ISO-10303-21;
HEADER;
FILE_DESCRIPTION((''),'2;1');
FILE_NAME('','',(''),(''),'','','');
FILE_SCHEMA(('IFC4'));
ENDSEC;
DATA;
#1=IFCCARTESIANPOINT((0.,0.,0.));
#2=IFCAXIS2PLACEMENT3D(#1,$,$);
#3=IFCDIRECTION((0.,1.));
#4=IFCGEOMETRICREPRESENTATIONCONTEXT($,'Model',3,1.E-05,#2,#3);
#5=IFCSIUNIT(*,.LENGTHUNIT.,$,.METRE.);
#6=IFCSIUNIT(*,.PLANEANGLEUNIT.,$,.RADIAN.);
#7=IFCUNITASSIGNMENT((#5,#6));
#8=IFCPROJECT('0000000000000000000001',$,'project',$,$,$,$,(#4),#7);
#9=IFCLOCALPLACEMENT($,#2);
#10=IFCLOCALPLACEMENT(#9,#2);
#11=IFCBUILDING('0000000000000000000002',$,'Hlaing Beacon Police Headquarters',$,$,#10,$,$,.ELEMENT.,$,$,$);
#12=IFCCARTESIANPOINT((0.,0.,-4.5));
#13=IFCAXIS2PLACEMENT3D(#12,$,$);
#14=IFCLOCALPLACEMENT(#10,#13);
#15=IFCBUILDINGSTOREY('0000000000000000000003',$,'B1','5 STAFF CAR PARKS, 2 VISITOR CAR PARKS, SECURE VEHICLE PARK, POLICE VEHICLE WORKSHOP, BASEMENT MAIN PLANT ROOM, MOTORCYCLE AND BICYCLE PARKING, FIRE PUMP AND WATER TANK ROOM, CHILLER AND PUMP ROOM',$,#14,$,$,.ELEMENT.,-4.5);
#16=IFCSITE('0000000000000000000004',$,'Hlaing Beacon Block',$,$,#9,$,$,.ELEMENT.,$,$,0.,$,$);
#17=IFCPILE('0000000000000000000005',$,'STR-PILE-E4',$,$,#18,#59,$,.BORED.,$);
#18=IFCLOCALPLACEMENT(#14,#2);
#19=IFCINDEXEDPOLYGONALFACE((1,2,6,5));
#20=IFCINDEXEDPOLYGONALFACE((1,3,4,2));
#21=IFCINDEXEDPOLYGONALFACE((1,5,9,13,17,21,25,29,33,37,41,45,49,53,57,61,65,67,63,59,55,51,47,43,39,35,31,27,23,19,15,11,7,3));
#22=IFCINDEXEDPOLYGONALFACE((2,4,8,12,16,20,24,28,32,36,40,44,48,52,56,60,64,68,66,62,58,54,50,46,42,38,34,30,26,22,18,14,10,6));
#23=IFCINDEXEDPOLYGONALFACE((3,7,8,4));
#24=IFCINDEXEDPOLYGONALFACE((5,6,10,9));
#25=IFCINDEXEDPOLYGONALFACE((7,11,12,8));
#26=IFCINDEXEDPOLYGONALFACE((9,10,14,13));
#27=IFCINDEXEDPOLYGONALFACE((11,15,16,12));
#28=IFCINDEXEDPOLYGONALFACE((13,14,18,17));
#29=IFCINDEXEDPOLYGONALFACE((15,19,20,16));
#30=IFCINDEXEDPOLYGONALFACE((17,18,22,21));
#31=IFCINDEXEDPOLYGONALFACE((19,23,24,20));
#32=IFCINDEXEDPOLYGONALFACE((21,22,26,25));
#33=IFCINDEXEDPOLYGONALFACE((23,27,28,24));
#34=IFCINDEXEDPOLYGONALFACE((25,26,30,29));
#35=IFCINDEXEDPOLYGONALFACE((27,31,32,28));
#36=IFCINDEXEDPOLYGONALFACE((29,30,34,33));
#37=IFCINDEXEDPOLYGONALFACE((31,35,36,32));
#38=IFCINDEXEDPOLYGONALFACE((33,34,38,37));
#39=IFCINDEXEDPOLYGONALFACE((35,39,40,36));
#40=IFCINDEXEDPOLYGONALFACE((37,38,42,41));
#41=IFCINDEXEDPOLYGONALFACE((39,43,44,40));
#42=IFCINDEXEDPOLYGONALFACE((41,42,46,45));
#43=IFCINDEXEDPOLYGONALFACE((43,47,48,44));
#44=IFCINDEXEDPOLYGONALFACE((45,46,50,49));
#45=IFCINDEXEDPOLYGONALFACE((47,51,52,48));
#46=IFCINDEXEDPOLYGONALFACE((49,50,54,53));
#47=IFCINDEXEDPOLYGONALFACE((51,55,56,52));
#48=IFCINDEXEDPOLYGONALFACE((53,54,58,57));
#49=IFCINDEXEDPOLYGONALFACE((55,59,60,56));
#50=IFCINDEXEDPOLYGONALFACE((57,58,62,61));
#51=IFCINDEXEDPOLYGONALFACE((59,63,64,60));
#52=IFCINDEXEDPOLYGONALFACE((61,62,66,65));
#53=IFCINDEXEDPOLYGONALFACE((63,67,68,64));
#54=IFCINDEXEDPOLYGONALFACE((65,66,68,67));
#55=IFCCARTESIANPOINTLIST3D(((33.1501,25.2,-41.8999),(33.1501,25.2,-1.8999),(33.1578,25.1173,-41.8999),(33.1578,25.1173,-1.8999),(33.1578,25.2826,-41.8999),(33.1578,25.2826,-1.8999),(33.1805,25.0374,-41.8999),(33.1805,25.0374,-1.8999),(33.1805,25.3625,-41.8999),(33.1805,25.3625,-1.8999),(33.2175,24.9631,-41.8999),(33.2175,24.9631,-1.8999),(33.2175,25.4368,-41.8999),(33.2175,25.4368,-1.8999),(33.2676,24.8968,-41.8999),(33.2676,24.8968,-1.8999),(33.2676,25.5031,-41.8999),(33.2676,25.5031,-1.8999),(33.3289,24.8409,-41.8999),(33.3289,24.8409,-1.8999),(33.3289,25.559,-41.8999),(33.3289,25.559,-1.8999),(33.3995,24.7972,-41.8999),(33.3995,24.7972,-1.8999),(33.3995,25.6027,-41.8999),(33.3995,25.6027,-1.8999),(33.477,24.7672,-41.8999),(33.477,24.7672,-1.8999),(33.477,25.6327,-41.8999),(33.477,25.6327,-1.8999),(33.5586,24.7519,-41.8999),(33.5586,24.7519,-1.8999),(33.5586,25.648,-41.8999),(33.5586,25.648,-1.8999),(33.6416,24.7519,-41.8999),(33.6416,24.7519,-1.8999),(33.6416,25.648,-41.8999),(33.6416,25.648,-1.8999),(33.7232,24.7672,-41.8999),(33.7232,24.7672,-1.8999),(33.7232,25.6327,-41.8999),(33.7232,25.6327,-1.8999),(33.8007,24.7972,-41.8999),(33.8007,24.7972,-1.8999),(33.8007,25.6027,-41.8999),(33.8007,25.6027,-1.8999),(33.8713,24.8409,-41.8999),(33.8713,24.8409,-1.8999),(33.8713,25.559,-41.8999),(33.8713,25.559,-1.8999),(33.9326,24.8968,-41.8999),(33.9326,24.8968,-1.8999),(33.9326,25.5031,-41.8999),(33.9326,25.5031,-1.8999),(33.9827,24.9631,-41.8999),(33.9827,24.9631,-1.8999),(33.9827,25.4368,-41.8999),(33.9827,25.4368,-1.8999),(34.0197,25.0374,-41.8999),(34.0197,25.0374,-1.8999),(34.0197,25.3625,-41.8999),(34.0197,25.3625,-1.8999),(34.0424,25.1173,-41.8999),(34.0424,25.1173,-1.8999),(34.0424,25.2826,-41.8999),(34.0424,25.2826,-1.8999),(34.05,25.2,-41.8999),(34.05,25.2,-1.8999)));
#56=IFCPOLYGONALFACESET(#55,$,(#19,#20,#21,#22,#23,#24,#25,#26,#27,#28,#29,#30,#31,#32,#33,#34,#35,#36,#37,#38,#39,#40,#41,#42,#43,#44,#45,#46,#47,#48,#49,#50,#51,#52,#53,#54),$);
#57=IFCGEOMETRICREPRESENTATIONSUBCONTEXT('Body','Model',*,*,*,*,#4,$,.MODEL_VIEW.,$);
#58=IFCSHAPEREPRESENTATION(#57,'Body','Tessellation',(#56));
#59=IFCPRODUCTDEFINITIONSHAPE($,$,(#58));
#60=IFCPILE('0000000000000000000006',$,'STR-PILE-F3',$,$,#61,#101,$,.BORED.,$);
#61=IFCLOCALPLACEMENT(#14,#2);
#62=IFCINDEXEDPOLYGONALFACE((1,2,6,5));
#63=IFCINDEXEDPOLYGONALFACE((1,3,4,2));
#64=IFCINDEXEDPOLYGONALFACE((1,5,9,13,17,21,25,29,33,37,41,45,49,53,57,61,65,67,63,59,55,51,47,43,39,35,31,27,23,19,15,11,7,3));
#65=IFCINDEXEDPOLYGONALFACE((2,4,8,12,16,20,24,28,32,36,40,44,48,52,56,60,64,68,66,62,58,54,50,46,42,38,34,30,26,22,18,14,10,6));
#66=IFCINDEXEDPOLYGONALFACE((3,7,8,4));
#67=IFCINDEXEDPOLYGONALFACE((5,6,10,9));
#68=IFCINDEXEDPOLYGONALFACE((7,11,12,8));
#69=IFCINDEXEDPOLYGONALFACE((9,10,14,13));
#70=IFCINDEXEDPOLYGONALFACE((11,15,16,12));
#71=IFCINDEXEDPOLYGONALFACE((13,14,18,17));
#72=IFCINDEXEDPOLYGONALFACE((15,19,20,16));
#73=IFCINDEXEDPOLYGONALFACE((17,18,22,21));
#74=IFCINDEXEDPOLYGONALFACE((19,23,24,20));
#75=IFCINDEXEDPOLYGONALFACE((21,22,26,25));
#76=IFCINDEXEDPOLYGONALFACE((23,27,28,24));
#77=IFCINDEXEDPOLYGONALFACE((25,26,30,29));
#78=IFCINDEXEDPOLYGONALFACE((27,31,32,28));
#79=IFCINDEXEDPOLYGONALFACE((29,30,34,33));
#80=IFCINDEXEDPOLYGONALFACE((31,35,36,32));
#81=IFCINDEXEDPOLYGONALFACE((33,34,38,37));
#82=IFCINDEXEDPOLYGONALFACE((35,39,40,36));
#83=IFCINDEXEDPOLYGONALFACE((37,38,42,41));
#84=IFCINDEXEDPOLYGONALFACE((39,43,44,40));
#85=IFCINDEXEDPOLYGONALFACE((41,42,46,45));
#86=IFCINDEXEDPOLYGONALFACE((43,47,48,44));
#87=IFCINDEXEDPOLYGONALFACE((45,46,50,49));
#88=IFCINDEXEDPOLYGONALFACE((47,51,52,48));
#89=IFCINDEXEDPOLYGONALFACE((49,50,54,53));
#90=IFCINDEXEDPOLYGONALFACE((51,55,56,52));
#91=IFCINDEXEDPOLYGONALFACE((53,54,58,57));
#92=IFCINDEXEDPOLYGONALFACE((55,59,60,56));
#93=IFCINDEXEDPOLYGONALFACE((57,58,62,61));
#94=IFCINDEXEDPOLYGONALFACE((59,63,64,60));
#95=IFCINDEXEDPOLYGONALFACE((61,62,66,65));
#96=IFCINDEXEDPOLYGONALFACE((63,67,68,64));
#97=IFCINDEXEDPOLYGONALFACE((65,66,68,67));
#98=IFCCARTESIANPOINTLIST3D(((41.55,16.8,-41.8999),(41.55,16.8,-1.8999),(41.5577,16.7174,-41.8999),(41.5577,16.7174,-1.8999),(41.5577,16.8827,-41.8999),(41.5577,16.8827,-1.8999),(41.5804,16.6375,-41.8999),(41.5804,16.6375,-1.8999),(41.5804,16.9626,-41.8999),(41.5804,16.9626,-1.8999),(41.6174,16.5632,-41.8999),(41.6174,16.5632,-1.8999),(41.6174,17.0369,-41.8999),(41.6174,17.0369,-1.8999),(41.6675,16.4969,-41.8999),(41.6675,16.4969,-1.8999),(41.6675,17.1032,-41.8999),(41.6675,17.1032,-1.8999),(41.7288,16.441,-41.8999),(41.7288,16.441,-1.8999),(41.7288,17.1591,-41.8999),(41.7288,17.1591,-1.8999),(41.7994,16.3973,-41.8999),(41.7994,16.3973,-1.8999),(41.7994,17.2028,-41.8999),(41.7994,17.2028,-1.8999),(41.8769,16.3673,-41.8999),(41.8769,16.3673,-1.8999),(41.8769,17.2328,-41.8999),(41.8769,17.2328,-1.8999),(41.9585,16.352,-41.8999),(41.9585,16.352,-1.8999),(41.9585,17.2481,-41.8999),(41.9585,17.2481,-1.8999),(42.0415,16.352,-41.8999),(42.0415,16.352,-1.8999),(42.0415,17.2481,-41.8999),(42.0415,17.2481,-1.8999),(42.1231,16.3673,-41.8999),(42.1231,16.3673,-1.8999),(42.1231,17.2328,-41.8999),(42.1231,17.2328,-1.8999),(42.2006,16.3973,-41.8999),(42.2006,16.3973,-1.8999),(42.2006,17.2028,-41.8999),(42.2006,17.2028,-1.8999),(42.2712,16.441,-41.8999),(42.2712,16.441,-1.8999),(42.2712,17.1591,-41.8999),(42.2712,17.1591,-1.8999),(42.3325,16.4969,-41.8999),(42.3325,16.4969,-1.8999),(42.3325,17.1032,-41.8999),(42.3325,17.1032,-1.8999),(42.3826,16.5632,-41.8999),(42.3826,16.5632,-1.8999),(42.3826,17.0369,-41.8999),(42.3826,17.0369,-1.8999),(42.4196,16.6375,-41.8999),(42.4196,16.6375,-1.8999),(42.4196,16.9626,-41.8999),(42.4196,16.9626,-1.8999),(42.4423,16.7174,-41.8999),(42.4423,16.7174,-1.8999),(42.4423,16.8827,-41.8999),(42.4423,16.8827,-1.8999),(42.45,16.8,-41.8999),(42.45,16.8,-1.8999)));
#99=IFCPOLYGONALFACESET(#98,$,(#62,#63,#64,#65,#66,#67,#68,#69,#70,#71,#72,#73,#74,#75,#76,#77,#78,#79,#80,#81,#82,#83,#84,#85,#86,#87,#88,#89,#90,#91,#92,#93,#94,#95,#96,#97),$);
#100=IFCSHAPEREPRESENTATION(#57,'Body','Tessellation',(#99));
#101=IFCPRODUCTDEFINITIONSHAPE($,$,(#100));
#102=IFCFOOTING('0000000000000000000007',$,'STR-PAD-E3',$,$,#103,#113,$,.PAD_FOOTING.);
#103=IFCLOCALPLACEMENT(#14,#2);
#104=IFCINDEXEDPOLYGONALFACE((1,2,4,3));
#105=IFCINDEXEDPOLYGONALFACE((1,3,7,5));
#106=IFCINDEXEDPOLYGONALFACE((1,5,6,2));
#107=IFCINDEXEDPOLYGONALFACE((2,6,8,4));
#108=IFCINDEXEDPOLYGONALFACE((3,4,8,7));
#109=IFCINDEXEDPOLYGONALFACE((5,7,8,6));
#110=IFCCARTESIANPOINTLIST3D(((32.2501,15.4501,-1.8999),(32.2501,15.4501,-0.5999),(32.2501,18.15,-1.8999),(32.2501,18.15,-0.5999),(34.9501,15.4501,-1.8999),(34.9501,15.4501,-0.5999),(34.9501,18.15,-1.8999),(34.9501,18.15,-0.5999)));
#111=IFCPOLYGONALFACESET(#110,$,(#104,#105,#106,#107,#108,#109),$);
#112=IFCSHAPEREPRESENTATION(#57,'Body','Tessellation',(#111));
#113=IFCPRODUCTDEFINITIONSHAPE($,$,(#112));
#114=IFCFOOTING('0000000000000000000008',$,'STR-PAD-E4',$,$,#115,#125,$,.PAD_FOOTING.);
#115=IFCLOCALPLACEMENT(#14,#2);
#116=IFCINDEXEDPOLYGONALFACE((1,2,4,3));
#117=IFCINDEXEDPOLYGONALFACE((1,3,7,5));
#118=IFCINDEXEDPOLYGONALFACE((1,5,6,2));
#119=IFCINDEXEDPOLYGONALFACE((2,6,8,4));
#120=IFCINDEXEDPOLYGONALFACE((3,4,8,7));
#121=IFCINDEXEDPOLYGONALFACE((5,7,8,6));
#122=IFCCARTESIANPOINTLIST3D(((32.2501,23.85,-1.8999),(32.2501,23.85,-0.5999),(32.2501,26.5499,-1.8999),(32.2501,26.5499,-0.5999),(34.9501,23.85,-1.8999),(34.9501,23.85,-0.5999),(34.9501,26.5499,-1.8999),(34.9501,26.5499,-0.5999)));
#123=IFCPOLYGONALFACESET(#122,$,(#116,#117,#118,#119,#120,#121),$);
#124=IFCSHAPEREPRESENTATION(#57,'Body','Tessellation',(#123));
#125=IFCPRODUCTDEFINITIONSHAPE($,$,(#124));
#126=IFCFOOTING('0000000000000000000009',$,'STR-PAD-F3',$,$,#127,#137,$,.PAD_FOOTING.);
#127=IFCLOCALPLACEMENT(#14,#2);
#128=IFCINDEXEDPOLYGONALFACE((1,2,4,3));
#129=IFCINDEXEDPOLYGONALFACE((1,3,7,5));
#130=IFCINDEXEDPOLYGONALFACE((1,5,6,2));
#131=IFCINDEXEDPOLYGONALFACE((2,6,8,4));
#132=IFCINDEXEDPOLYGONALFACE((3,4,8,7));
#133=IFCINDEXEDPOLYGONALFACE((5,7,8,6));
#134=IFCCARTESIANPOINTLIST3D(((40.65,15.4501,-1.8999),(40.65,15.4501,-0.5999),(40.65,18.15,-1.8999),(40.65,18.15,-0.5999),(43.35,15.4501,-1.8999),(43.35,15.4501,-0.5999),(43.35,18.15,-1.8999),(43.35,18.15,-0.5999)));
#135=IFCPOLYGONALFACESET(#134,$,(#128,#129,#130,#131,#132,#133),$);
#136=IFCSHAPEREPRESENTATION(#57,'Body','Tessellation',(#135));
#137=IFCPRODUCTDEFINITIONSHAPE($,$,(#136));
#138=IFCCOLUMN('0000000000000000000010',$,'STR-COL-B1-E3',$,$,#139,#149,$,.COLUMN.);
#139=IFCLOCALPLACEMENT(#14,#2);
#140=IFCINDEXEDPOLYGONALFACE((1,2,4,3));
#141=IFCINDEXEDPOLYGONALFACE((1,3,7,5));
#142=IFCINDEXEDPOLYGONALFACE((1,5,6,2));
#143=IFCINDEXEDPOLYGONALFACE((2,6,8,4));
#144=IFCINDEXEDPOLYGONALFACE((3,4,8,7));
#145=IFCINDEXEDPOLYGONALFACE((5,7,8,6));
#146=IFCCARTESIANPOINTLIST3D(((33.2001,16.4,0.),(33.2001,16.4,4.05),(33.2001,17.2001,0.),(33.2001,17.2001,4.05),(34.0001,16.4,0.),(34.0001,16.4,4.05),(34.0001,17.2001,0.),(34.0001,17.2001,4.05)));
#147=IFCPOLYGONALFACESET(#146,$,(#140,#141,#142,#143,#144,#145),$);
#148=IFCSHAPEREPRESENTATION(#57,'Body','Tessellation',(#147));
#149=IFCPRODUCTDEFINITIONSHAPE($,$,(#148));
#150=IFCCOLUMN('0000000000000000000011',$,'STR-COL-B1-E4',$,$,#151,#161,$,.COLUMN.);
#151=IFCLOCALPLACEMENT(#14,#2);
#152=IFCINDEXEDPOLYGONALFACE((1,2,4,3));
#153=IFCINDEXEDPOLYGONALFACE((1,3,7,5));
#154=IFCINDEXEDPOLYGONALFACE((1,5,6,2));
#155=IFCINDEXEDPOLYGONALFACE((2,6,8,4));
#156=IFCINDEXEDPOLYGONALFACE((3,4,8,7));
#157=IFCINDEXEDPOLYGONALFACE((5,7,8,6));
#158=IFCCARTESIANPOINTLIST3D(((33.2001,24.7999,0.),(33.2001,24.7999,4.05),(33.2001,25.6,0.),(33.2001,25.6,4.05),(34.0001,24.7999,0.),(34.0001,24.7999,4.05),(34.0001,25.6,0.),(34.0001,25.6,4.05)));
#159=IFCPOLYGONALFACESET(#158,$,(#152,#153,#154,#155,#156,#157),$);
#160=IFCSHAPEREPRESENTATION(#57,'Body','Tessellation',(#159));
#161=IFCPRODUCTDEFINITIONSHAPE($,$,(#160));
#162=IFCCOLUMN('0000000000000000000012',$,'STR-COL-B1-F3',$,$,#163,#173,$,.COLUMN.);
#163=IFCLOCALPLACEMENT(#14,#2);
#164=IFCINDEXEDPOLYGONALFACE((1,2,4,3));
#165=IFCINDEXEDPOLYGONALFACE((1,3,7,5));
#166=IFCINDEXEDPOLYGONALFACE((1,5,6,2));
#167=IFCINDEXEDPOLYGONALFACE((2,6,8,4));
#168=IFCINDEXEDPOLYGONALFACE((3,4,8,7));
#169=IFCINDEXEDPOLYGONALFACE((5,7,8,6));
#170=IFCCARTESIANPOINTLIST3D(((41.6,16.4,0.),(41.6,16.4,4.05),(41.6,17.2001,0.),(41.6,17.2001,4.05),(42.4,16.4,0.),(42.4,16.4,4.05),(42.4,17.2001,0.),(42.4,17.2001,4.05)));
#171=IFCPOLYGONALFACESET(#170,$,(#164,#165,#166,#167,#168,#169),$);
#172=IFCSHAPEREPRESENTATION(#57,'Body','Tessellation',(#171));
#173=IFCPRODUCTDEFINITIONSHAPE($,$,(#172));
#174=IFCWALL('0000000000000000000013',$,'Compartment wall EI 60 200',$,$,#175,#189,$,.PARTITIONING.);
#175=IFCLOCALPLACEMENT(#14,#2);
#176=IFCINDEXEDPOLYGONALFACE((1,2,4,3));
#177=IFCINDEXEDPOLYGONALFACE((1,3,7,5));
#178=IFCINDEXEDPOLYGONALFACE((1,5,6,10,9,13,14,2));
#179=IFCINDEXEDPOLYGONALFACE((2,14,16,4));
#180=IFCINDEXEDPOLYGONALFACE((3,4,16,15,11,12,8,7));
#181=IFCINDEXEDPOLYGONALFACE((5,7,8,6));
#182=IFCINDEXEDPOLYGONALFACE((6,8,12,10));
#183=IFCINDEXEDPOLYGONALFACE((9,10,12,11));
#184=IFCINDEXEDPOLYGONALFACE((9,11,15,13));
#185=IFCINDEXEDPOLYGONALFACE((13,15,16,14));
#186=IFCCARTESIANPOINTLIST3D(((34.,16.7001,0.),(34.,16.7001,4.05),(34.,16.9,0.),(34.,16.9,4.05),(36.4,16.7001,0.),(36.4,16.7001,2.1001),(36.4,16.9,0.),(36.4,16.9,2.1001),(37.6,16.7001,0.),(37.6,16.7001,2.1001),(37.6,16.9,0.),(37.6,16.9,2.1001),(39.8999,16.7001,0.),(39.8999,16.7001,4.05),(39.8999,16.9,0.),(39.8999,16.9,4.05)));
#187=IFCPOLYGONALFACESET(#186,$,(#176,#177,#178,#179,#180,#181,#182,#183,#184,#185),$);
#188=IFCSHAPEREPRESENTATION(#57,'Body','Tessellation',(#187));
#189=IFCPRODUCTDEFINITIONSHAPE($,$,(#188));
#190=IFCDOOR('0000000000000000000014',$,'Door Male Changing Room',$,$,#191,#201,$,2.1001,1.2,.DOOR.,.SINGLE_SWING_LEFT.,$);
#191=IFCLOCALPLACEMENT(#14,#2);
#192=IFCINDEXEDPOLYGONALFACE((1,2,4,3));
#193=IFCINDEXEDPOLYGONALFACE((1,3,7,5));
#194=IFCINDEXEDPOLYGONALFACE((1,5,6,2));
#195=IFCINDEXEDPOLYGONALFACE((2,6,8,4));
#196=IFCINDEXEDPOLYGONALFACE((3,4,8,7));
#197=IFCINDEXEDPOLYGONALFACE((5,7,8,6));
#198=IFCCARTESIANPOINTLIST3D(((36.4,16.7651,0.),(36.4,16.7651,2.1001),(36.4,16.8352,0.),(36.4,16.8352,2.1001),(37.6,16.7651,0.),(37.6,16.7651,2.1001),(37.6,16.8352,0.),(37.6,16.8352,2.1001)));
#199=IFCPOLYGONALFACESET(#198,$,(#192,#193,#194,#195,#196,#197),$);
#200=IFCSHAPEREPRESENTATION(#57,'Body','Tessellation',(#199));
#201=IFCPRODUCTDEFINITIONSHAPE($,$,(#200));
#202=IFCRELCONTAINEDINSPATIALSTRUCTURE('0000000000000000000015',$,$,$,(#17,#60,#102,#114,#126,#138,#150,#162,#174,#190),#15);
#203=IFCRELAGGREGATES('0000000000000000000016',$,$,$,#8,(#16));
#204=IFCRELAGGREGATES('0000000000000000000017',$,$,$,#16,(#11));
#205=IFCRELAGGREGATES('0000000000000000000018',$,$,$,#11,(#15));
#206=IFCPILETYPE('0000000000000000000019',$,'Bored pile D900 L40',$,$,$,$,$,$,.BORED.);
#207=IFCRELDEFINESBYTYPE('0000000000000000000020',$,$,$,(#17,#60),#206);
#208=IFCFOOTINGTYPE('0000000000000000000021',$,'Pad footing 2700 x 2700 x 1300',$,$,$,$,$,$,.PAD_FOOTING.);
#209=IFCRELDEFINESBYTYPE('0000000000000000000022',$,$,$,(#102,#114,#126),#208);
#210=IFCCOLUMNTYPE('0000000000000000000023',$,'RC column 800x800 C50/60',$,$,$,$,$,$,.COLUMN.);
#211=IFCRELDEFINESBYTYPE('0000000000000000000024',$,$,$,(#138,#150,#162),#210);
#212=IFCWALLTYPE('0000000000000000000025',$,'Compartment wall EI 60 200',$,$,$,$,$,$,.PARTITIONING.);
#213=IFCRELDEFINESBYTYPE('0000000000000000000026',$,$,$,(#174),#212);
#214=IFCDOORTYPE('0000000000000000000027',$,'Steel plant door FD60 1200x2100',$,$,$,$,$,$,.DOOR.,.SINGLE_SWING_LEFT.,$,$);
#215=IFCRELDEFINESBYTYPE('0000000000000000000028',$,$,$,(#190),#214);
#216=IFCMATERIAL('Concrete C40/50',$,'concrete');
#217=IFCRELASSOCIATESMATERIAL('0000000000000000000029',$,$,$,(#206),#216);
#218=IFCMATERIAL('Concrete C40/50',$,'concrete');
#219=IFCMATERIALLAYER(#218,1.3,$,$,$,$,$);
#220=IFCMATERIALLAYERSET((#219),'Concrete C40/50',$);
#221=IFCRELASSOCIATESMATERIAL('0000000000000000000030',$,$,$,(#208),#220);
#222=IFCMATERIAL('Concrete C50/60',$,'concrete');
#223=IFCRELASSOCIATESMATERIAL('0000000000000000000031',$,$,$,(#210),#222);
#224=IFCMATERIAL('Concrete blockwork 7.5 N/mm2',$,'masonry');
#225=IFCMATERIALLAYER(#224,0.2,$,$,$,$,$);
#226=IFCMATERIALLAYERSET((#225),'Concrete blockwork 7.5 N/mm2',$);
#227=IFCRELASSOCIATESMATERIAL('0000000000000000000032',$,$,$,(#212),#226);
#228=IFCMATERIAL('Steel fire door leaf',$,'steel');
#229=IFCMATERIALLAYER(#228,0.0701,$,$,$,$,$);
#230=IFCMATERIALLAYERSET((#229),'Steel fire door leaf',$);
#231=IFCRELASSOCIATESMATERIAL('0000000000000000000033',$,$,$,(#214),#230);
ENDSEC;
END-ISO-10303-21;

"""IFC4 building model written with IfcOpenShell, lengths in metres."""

from ifc_helpers import new_model, si_unit, direction, frame, frame_2d, origin, origin_2d, place, context, subcontext, project, spatial, rectangle, circle, extrude, material, layer, layer_set, material_profile, profile_set, type_object, element, fill, save


model = new_model("IFC4")

# Units and contexts
model_context = context("Model", 3, precision=1e-05, world=origin(), true_north=direction((0.0, 1.0)))
body_context = subcontext(model_context, "Body", "Model", "MODEL_VIEW")
ifc_project = project(units=[si_unit("LENGTHUNIT", "METRE"), si_unit("PLANEANGLEUNIT", "RADIAN")], contexts=[model_context])

# Site, building, storey
site_placement = place(None, origin())
site = spatial("IfcSite", under=ifc_project, at=site_placement, Name="Hlaing Beacon Block", CompositionType="ELEMENT", RefElevation=0.0)
building_placement = place(site_placement, origin())
building = spatial("IfcBuilding", under=site, at=building_placement, Name="Hlaing Beacon Police Headquarters", CompositionType="ELEMENT")
storey_placement = place(building_placement, frame((0.0, 0.0, -4.5)))
storey = spatial("IfcBuildingStorey", under=building, at=storey_placement, Name="B1", Description="5 STAFF CAR PARKS, 2 VISITOR CAR PARKS, SECURE VEHICLE PARK, POLICE VEHICLE WORKSHOP, BASEMENT MAIN PLANT ROOM, MOTORCYCLE AND BICYCLE PARKING, FIRE PUMP AND WATER TANK ROOM, CHILLER AND PUMP ROOM", CompositionType="ELEMENT", Elevation=-4.5)

# Piles
ifc_material_1 = material(Name="Concrete C40/50", Category="concrete")
ifc_material_profile_1 = material_profile(ifc_material_1, circle(Radius=0.45, at=origin_2d()), Name="D900")
ifc_profile_set_1 = profile_set([ifc_material_profile_1], Name="Concrete C40/50")
pile_type_1 = type_object("IfcPileType", Name="Bored pile D900 L40", PredefinedType="BORED", material=ifc_profile_set_1)
for number, where, z_axis, x_axis, name in (
    (1, (33.6001, 25.2, -1.8999), (0.0, 0.0, -1.0), (1.0, 0.0, 0.0), "STR-PILE-E4"),
    (2, (42.0, 16.8, -1.8999), (0.0, 0.0, -1.0), (1.0, 0.0, 0.0), "STR-PILE-F3"),
):
    element("IfcPile", number, at=place(storey_placement, frame(where, z_axis=z_axis, x_axis=x_axis)), inside=storey, type_object=pile_type_1, Name=name, PredefinedType="BORED", context=body_context, shape_type="SweptSolid", body=[
        extrude(circle(Radius=0.45, at=origin_2d()), origin(), (0.0, 0.0, 1.0), 40.0),
    ])

# Footings
ifc_material_2 = material(Name="Concrete C40/50", Category="concrete")
ifc_layer_1 = layer(ifc_material_2, 1.3)
ifc_layer_set_1 = layer_set([ifc_layer_1], Name="Concrete C40/50")
footing_type = type_object("IfcFootingType", Name="Pad footing 2700 x 2700 x 1300", PredefinedType="PAD_FOOTING", material=ifc_layer_set_1)
for number, where, z_axis, x_axis, name in (
    (3, (33.6001, 16.8, -1.8999), (0.0, 0.0, 1.0), (1.0, 0.0, 0.0), "STR-PAD-E3"),
    (4, (33.6001, 25.2, -1.8999), (0.0, 0.0, 1.0), (1.0, 0.0, 0.0), "STR-PAD-E4"),
    (5, (42.0, 16.8, -1.8999), (0.0, 0.0, 1.0), (1.0, 0.0, 0.0), "STR-PAD-F3"),
):
    element("IfcFooting", number, at=place(storey_placement, frame(where, z_axis=z_axis, x_axis=x_axis)), inside=storey, type_object=footing_type, Name=name, PredefinedType="PAD_FOOTING", context=body_context, shape_type="SweptSolid", body=[
        extrude(rectangle(XDim=2.7, YDim=2.7, at=origin_2d()), origin(), (0.0, 0.0, 1.0), 1.3),
    ])

# Columns
ifc_material_3 = material(Name="Concrete C50/60", Category="concrete")
ifc_material_profile_2 = material_profile(ifc_material_3, rectangle(XDim=0.8, YDim=0.8, at=origin_2d()), Name="800x800")
ifc_profile_set_2 = profile_set([ifc_material_profile_2], Name="Concrete C50/60")
column_type = type_object("IfcColumnType", Name="RC column 800x800 C50/60", PredefinedType="COLUMN", material=ifc_profile_set_2)
for number, where, z_axis, x_axis, name in (
    (6, (33.6001, 16.8, 0.0), (0.0, 0.0, 1.0), (1.0, 0.0, 0.0), "STR-COL-B1-E3"),
    (7, (33.6001, 25.2, 0.0), (0.0, 0.0, 1.0), (1.0, 0.0, 0.0), "STR-COL-B1-E4"),
    (8, (42.0, 16.8, 0.0), (0.0, 0.0, 1.0), (1.0, 0.0, 0.0), "STR-COL-B1-F3"),
):
    element("IfcColumn", number, at=place(storey_placement, frame(where, z_axis=z_axis, x_axis=x_axis)), inside=storey, type_object=column_type, Name=name, PredefinedType="COLUMN", context=body_context, shape_type="SweptSolid", body=[
        extrude(rectangle(XDim=0.8, YDim=0.8, at=origin_2d()), origin(), (0.0, 0.0, 1.0), 4.05),
    ])

# Wall, opening, door
ifc_material_4 = material(Name="Concrete blockwork 7.5 N/mm2", Category="masonry")
ifc_layer_2 = layer(ifc_material_4, 0.2)
ifc_layer_set_2 = layer_set([ifc_layer_2], Name="Concrete blockwork 7.5 N/mm2")
wall_type_1 = type_object("IfcWallType", Name="Compartment wall EI 60 200", PredefinedType="PARTITIONING", material=ifc_layer_set_2)
wall_1_placement = place(storey_placement, frame((34.0, 16.8, 0.0), z_axis=(0.0, 0.0, 1.0), x_axis=(1.0, 0.0, 0.0)))
wall_1 = element("IfcWall", 9, at=wall_1_placement, inside=storey, type_object=wall_type_1, Name="Compartment wall EI 60 200", PredefinedType="PARTITIONING", context=body_context, shape_type="SweptSolid", body=[
    extrude(rectangle(XDim=5.8999, YDim=0.2, at=frame_2d((2.95, 0.0))), origin(), (0.0, 0.0, 1.0), 4.05),
])
opening_1_placement = place(wall_1_placement, frame((2.3999, 0.0, 0.0)))
opening_1 = element("IfcOpeningElement", 10, at=opening_1_placement, cuts=wall_1, PredefinedType="OPENING", context=body_context, shape_type="SweptSolid", body=[
    extrude(rectangle(XDim=1.2, YDim=2.1001, at=frame_2d((0.6001, 1.05))), frame((0.0, 0.1099, 0.0), z_axis=(0.0, -1.0, 0.0), x_axis=(1.0, 0.0, 0.0)), (0.0, 0.0, 1.0), 0.22),
])
ifc_material_5 = material(Name="Steel fire door leaf", Category="steel")
ifc_layer_3 = layer(ifc_material_5, 0.0701)
ifc_layer_set_3 = layer_set([ifc_layer_3], Name="Steel fire door leaf")
door_type_1 = type_object("IfcDoorType", Name="Steel plant door FD60 1200x2100", OperationType="SINGLE_SWING_LEFT", PredefinedType="DOOR", material=ifc_layer_set_3)
door_1_placement = place(opening_1_placement, frame((1.2, 0.0, 0.0), z_axis=(0.0, 0.0, 1.0), x_axis=(-1.0, 0.0, 0.0)))
door_1 = element("IfcDoor", 11, at=door_1_placement, inside=storey, type_object=door_type_1, Name="Door Male Changing Room", OperationType="SINGLE_SWING_LEFT", OverallHeight=2.1001, OverallWidth=1.2, PredefinedType="DOOR", context=body_context, shape_type="SweptSolid", body=[
    extrude(rectangle(XDim=1.2, YDim=2.1001, at=frame_2d((0.5999, 1.05))), frame((0.0, 0.0349, 0.0), z_axis=(0.0, -1.0, 0.0), x_axis=(1.0, 0.0, 0.0)), (0.0, 0.0, 1.0), 0.0701),
])
fill(opening_1, door_1)

save(model, "model.ifc")
